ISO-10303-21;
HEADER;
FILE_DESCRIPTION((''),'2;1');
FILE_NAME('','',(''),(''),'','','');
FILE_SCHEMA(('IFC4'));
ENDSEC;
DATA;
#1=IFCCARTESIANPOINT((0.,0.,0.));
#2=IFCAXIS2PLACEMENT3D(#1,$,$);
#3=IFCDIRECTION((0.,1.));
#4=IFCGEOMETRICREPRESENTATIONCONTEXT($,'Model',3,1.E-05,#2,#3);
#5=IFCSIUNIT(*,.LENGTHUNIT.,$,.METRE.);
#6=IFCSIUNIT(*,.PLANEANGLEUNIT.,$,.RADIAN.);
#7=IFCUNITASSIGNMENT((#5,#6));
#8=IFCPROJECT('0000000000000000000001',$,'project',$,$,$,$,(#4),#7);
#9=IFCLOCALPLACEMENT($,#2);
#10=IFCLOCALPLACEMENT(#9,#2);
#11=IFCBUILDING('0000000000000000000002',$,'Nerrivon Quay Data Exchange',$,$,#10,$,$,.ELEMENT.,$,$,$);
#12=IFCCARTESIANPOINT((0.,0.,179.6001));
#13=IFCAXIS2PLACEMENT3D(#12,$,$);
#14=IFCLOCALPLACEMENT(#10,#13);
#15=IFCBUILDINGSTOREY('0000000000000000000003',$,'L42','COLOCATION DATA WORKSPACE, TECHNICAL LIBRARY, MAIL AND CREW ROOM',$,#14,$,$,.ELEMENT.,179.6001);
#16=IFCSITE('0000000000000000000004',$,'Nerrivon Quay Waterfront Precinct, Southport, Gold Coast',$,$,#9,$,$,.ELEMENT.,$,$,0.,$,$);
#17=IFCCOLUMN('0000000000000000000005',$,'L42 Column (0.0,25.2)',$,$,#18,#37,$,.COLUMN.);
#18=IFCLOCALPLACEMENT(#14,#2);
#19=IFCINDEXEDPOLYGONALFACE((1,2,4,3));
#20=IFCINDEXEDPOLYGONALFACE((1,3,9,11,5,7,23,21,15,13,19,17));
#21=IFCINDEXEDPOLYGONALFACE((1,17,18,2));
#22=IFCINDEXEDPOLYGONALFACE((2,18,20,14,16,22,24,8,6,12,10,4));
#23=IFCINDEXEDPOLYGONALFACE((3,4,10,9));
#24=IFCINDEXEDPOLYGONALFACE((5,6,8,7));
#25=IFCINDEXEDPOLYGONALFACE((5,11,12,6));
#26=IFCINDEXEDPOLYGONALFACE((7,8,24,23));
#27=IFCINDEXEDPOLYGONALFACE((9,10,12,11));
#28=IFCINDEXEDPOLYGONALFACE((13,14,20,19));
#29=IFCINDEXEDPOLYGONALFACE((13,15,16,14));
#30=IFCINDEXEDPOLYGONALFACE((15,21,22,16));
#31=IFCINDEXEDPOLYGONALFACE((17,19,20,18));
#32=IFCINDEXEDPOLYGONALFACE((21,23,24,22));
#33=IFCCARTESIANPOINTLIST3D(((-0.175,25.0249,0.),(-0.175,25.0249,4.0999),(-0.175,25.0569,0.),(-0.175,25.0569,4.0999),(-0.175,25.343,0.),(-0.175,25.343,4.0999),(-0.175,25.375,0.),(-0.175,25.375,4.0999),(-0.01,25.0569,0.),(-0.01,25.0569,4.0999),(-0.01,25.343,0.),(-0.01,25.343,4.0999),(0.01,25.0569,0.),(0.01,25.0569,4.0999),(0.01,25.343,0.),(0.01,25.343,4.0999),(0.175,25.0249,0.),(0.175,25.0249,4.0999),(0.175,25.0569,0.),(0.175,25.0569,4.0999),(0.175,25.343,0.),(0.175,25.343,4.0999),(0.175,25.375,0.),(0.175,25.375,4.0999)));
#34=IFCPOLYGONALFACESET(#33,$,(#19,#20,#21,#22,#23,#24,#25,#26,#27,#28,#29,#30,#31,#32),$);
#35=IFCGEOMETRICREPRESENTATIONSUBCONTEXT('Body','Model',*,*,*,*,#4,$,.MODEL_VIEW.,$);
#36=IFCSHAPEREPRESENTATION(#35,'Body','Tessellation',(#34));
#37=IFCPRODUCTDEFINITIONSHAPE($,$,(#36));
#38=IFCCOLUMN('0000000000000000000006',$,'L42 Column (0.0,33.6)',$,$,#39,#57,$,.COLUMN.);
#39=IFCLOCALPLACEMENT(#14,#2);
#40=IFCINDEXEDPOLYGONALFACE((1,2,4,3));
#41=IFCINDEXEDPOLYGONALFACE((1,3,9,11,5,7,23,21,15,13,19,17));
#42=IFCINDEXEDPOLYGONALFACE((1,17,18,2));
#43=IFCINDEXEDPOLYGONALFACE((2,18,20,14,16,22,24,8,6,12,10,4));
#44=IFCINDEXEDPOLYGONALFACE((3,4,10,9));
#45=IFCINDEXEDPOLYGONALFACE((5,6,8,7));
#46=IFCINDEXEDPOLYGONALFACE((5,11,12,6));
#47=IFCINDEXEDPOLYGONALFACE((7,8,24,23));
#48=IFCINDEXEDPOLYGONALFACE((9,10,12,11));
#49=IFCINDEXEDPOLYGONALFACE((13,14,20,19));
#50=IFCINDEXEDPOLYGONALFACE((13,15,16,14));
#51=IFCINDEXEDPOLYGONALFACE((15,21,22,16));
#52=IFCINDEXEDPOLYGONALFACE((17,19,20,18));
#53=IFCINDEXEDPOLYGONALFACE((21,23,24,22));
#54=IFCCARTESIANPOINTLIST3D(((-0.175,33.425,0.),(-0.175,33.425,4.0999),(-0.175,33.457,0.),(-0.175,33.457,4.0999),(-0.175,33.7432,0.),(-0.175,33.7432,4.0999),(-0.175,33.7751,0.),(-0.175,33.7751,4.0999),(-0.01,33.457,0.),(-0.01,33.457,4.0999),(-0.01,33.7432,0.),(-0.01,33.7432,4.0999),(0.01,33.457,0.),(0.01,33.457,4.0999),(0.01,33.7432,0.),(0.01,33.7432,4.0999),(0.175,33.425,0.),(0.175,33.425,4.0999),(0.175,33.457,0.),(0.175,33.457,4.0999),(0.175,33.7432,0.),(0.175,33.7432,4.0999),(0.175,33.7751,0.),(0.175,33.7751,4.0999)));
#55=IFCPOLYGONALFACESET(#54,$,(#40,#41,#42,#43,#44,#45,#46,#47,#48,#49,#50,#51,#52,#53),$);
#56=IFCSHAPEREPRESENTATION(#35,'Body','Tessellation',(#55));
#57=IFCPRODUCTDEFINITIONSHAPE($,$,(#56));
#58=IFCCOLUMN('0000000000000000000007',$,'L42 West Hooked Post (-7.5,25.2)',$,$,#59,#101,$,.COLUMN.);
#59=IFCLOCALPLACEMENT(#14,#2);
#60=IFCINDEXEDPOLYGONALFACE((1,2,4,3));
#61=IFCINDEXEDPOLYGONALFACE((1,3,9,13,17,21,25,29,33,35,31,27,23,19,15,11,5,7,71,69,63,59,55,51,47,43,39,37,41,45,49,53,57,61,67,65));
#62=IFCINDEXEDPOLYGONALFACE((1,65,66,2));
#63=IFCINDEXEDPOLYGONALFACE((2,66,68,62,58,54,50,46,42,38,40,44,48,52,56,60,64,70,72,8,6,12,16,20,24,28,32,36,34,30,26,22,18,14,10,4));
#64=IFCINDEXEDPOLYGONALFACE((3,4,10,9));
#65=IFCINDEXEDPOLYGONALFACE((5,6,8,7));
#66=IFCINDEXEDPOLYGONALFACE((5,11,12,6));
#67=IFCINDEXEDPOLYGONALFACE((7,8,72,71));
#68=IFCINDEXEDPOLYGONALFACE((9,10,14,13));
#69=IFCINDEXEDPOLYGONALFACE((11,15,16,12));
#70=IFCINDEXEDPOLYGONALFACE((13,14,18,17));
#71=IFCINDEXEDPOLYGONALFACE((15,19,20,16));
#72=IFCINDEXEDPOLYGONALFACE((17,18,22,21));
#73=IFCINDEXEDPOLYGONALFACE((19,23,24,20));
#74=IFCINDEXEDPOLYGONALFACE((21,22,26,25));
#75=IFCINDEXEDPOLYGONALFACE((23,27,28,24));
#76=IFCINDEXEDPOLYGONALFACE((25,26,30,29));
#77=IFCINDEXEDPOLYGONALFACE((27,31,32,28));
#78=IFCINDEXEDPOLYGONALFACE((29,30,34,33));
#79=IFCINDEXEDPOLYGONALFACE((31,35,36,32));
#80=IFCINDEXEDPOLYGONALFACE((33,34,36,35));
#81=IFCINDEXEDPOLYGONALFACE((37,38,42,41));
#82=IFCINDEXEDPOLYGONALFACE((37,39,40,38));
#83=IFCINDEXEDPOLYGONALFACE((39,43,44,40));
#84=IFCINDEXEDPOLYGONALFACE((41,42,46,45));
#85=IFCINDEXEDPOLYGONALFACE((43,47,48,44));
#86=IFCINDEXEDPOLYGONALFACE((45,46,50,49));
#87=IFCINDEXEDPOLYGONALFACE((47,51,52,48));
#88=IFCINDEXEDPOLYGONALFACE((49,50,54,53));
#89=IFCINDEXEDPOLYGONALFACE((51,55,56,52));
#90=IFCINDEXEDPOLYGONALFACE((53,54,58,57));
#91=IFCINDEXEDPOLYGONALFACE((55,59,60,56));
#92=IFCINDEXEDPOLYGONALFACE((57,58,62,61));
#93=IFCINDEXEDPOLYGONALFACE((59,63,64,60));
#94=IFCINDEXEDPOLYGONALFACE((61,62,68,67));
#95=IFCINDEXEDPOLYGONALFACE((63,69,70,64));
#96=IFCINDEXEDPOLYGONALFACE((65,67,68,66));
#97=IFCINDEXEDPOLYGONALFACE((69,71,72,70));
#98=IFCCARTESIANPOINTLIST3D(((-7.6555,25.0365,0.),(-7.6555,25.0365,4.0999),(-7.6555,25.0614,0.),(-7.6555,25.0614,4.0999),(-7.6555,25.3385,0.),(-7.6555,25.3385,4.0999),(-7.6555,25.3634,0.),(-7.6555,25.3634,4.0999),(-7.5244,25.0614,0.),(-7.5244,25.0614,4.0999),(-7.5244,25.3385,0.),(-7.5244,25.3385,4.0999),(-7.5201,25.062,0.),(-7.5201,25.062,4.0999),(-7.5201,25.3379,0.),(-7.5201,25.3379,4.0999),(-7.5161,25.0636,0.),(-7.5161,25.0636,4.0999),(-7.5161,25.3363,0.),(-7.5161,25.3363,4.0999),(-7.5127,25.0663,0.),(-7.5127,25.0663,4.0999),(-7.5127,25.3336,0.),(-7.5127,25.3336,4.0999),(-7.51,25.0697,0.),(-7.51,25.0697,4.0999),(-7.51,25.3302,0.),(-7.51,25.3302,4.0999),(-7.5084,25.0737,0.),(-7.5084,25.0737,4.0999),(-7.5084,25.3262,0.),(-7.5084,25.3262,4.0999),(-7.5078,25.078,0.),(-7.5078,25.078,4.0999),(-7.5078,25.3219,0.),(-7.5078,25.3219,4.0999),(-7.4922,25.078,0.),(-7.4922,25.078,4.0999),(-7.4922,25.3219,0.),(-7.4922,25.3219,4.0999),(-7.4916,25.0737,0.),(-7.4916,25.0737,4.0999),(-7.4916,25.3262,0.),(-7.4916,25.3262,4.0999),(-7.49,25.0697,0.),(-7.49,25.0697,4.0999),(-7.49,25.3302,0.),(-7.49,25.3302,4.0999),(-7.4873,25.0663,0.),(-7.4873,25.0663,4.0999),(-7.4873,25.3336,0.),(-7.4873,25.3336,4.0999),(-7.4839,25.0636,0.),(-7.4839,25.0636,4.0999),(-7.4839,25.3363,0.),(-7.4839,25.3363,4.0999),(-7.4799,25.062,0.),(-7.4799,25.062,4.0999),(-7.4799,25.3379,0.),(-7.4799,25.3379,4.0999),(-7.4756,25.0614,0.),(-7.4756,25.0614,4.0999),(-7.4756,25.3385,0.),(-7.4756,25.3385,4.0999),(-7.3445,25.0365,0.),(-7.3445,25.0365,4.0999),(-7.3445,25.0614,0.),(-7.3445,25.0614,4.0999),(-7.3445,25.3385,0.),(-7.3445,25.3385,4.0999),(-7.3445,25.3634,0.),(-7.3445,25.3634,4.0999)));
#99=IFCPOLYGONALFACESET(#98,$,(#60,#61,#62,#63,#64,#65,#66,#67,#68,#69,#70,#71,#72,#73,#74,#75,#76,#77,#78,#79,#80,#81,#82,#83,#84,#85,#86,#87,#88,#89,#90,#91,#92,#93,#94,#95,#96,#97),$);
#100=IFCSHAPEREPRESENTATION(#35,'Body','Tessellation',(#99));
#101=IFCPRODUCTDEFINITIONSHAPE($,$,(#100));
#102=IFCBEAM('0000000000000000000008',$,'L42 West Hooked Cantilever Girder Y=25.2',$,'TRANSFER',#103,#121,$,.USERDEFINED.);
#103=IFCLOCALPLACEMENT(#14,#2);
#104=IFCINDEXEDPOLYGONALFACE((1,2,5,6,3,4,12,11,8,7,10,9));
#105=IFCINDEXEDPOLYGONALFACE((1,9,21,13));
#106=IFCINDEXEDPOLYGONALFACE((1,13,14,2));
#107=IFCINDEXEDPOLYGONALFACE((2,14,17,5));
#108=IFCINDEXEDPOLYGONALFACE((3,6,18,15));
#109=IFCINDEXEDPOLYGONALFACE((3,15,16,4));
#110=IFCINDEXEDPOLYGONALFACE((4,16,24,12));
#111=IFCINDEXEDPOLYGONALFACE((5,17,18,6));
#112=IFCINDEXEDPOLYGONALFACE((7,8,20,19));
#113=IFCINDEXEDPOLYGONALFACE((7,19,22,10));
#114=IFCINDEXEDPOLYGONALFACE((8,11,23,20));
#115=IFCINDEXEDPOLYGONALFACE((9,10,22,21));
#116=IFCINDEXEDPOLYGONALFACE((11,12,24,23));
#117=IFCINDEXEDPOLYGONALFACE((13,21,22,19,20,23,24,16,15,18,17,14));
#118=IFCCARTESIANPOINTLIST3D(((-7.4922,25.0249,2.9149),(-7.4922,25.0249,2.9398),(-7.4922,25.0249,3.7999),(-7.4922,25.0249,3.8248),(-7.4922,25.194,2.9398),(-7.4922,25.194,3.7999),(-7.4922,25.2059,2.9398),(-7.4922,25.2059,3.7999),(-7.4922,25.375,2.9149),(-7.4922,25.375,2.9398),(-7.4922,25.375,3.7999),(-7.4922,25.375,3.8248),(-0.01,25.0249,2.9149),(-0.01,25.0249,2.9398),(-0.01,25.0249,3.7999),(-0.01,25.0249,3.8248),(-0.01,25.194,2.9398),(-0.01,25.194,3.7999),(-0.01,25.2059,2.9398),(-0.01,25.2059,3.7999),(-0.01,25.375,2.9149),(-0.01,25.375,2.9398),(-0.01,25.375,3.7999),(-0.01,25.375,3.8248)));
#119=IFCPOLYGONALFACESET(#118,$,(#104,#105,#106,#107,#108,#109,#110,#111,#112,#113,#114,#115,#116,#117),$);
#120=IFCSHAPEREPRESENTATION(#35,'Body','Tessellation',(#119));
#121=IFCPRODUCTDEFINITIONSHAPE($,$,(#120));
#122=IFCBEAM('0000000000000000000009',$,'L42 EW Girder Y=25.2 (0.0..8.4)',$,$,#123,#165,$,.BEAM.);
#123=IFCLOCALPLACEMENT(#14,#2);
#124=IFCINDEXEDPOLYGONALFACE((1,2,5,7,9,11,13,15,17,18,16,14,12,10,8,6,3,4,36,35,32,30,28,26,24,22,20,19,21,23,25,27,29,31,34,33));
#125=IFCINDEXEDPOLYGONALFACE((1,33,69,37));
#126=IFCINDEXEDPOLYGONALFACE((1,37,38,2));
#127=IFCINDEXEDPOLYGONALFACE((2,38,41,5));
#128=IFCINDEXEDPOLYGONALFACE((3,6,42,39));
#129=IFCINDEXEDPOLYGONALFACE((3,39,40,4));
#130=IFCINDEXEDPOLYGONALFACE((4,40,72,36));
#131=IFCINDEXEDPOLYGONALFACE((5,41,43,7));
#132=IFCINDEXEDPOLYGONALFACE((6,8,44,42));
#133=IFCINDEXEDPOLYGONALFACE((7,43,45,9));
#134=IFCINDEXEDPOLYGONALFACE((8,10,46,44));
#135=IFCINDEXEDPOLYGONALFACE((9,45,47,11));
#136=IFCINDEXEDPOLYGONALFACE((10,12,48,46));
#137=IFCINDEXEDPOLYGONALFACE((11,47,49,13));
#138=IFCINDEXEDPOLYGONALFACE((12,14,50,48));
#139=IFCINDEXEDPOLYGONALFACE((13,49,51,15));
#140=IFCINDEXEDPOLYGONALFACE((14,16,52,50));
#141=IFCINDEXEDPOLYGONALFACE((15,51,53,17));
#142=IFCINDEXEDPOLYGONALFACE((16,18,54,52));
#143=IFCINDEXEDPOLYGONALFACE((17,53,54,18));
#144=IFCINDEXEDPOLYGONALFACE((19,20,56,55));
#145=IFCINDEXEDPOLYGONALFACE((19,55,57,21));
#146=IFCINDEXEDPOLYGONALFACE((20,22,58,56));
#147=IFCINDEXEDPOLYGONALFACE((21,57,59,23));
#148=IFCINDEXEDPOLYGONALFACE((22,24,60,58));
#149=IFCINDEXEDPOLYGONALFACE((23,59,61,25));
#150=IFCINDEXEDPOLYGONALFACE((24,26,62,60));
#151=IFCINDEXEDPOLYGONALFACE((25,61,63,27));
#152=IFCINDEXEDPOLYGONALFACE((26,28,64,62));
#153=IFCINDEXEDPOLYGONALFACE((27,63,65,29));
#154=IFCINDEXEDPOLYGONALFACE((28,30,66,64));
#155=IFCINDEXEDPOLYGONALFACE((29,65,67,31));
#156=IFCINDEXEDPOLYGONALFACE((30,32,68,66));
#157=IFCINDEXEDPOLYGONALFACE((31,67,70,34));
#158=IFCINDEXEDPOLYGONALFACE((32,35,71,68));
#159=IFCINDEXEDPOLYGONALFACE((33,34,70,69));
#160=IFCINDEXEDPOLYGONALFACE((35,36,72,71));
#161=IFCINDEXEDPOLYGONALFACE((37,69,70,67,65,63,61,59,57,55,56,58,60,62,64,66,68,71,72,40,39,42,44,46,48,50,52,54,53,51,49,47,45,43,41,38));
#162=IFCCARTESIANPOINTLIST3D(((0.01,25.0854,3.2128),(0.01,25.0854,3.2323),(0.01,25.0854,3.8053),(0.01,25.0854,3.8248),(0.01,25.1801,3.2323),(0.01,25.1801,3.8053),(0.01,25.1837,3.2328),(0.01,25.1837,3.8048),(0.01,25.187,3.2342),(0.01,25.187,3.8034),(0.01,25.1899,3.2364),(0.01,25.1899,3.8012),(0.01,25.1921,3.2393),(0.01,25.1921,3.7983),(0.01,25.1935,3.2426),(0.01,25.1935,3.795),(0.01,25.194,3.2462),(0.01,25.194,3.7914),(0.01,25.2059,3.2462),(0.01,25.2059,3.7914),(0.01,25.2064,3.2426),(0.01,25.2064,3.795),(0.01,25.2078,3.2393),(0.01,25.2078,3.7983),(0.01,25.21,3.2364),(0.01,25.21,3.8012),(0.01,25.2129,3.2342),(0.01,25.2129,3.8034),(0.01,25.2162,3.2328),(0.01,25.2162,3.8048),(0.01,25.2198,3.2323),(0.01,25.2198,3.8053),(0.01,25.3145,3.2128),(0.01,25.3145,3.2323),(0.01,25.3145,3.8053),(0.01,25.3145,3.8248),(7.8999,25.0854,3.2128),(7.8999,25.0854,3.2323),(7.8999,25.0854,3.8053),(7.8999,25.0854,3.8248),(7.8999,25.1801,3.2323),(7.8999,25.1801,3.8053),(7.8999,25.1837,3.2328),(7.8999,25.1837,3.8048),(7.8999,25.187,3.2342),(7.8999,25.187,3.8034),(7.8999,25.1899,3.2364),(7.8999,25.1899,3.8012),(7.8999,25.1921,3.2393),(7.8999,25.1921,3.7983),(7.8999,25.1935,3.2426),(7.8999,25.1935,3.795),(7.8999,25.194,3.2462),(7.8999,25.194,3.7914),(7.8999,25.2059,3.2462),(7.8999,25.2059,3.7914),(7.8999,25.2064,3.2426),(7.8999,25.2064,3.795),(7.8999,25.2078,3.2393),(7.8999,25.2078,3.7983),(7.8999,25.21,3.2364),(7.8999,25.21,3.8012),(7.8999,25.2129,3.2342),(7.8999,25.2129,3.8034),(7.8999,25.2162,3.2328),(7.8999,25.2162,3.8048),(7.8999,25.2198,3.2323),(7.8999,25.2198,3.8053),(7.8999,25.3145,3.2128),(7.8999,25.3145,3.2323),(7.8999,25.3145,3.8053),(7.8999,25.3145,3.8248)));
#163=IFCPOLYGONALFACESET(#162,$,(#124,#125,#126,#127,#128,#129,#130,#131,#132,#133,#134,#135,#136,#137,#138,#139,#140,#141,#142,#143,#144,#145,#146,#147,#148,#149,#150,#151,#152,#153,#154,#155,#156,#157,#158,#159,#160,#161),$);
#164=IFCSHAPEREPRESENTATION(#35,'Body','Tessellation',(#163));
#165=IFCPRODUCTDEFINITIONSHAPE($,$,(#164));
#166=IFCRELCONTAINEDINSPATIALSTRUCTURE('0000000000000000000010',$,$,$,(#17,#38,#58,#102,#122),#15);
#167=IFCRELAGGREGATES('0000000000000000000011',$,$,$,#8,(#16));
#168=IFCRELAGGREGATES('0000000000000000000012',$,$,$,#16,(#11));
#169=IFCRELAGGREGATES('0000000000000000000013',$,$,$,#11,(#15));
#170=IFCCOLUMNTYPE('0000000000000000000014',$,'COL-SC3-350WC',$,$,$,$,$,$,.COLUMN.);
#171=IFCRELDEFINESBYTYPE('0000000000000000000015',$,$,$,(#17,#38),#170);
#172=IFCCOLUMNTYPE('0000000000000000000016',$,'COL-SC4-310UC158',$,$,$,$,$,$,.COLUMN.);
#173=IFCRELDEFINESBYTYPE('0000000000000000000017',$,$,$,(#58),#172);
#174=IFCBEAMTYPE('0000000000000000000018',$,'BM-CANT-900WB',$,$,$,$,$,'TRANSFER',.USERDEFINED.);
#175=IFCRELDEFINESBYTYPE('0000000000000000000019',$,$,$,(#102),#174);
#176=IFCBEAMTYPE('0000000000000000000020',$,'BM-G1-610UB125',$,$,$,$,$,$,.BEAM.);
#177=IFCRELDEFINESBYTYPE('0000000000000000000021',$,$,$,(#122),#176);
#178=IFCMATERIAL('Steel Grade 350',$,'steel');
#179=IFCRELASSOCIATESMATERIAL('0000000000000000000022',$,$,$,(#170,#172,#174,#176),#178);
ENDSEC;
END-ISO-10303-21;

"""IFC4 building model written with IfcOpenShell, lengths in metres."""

from ifc_helpers import new_model, si_unit, direction, frame, origin, origin_2d, place, context, subcontext, project, spatial, i_section, extrude, material, material_profile, profile_set, type_object, element, save


model = new_model("IFC4")

# Units and contexts
model_context = context("Model", 3, precision=1e-05, world=origin(), true_north=direction((0.0, 1.0)))
body_context = subcontext(model_context, "Body", "Model", "MODEL_VIEW")
ifc_project = project(units=[si_unit("LENGTHUNIT", "METRE"), si_unit("PLANEANGLEUNIT", "RADIAN")], contexts=[model_context])

# Site, building, storey
site_placement = place(None, origin())
site = spatial("IfcSite", under=ifc_project, at=site_placement, Name="Nerrivon Quay Waterfront Precinct, Southport, Gold Coast", CompositionType="ELEMENT", RefElevation=0.0)
building_placement = place(site_placement, origin())
building = spatial("IfcBuilding", under=site, at=building_placement, Name="Nerrivon Quay Data Exchange", CompositionType="ELEMENT")
storey_placement = place(building_placement, frame((0.0, 0.0, 179.6001)))
storey = spatial("IfcBuildingStorey", under=building, at=storey_placement, Name="L42", Description="COLOCATION DATA WORKSPACE, TECHNICAL LIBRARY, MAIL AND CREW ROOM", CompositionType="ELEMENT", Elevation=179.6001)

# Columns
ifc_material_1 = material(Name="Steel Grade 350", Category="steel")
ifc_material_profile_1 = material_profile(ifc_material_1, i_section(OverallWidth=0.3501, OverallDepth=0.3501, WebThickness=0.02, FlangeThickness=0.032, at=origin_2d()), Name="350WC230")
ifc_profile_set_1 = profile_set([ifc_material_profile_1], Name="Steel Grade 350")
column_type_1 = type_object("IfcColumnType", Name="COL-SC3-350WC", PredefinedType="COLUMN", material=ifc_profile_set_1)
for number, where, z_axis, x_axis, name in (
    (1, (0.0, 25.2, 0.0), (0.0, 0.0, 1.0), (1.0, 0.0, 0.0), "L42 Column (0.0,25.2)"),
    (2, (0.0, 33.6001, 0.0), (0.0, 0.0, 1.0), (1.0, 0.0, 0.0), "L42 Column (0.0,33.6)"),
):
    element("IfcColumn", number, at=place(storey_placement, frame(where, z_axis=z_axis, x_axis=x_axis)), inside=storey, type_object=column_type_1, Name=name, PredefinedType="COLUMN", context=body_context, shape_type="SweptSolid", body=[
        extrude(i_section(OverallWidth=0.3501, OverallDepth=0.3501, WebThickness=0.02, FlangeThickness=0.032, at=origin_2d()), origin(), (0.0, 0.0, 1.0), 4.0999),
    ])
ifc_material_profile_2 = material_profile(ifc_material_1, i_section(OverallWidth=0.311, OverallDepth=0.3269, WebThickness=0.0156, FlangeThickness=0.0249, FilletRadius=0.0166, at=origin_2d()), Name="310UC158")
ifc_profile_set_2 = profile_set([ifc_material_profile_2], Name="Steel Grade 350")
column_type_2 = type_object("IfcColumnType", Name="COL-SC4-310UC158", PredefinedType="COLUMN", material=ifc_profile_set_2)
column_placement = place(storey_placement, frame((-7.5, 25.2, 0.0), z_axis=(0.0, 0.0, 1.0), x_axis=(1.0, 0.0, 0.0)))
element("IfcColumn", 3, at=column_placement, inside=storey, type_object=column_type_2, Name="L42 West Hooked Post (-7.5,25.2)", PredefinedType="COLUMN", context=body_context, shape_type="SweptSolid", body=[
    extrude(i_section(OverallWidth=0.311, OverallDepth=0.3269, WebThickness=0.0156, FlangeThickness=0.0249, FilletRadius=0.0166, at=origin_2d()), origin(), (0.0, 0.0, 1.0), 4.0999),
])

# Beams
ifc_material_profile_3 = material_profile(ifc_material_1, i_section(OverallWidth=0.3501, OverallDepth=0.9099, WebThickness=0.012, FlangeThickness=0.0249, at=origin_2d()), Name="900WB218")
ifc_profile_set_3 = profile_set([ifc_material_profile_3], Name="Steel Grade 350")
beam_type_1 = type_object("IfcBeamType", Name="BM-CANT-900WB", ElementType="TRANSFER", PredefinedType="USERDEFINED", material=ifc_profile_set_3)
beam_1_placement = place(storey_placement, frame((-0.01, 25.2, 3.3699), z_axis=(-1.0, 0.0, 0.0), x_axis=(0.0, -1.0, 0.0)))
element("IfcBeam", 4, at=beam_1_placement, inside=storey, type_object=beam_type_1, Name="L42 West Hooked Cantilever Girder Y=25.2", ObjectType="TRANSFER", PredefinedType="USERDEFINED", context=body_context, shape_type="SweptSolid", body=[
    extrude(i_section(OverallWidth=0.3501, OverallDepth=0.9099, WebThickness=0.012, FlangeThickness=0.0249, at=origin_2d()), origin(), (0.0, 0.0, 1.0), 7.4822),
])
ifc_material_profile_4 = material_profile(ifc_material_1, i_section(OverallWidth=0.229, OverallDepth=0.6121, WebThickness=0.012, FlangeThickness=0.0195, FilletRadius=0.0139, at=origin_2d()), Name="610UB125")
ifc_profile_set_4 = profile_set([ifc_material_profile_4], Name="Steel Grade 350")
beam_type_2 = type_object("IfcBeamType", Name="BM-G1-610UB125", PredefinedType="BEAM", material=ifc_profile_set_4)
beam_2_placement = place(storey_placement, frame((0.01, 25.2, 3.5188), z_axis=(1.0, 0.0, 0.0), x_axis=(0.0, 1.0, 0.0)))
element("IfcBeam", 5, at=beam_2_placement, inside=storey, type_object=beam_type_2, Name="L42 EW Girder Y=25.2 (0.0..8.4)", PredefinedType="BEAM", context=body_context, shape_type="SweptSolid", body=[
    extrude(i_section(OverallWidth=0.229, OverallDepth=0.6121, WebThickness=0.012, FlangeThickness=0.0195, FilletRadius=0.0139, at=origin_2d()), origin(), (0.0, 0.0, 1.0), 7.8899),
])

save(model, "model.ifc")
